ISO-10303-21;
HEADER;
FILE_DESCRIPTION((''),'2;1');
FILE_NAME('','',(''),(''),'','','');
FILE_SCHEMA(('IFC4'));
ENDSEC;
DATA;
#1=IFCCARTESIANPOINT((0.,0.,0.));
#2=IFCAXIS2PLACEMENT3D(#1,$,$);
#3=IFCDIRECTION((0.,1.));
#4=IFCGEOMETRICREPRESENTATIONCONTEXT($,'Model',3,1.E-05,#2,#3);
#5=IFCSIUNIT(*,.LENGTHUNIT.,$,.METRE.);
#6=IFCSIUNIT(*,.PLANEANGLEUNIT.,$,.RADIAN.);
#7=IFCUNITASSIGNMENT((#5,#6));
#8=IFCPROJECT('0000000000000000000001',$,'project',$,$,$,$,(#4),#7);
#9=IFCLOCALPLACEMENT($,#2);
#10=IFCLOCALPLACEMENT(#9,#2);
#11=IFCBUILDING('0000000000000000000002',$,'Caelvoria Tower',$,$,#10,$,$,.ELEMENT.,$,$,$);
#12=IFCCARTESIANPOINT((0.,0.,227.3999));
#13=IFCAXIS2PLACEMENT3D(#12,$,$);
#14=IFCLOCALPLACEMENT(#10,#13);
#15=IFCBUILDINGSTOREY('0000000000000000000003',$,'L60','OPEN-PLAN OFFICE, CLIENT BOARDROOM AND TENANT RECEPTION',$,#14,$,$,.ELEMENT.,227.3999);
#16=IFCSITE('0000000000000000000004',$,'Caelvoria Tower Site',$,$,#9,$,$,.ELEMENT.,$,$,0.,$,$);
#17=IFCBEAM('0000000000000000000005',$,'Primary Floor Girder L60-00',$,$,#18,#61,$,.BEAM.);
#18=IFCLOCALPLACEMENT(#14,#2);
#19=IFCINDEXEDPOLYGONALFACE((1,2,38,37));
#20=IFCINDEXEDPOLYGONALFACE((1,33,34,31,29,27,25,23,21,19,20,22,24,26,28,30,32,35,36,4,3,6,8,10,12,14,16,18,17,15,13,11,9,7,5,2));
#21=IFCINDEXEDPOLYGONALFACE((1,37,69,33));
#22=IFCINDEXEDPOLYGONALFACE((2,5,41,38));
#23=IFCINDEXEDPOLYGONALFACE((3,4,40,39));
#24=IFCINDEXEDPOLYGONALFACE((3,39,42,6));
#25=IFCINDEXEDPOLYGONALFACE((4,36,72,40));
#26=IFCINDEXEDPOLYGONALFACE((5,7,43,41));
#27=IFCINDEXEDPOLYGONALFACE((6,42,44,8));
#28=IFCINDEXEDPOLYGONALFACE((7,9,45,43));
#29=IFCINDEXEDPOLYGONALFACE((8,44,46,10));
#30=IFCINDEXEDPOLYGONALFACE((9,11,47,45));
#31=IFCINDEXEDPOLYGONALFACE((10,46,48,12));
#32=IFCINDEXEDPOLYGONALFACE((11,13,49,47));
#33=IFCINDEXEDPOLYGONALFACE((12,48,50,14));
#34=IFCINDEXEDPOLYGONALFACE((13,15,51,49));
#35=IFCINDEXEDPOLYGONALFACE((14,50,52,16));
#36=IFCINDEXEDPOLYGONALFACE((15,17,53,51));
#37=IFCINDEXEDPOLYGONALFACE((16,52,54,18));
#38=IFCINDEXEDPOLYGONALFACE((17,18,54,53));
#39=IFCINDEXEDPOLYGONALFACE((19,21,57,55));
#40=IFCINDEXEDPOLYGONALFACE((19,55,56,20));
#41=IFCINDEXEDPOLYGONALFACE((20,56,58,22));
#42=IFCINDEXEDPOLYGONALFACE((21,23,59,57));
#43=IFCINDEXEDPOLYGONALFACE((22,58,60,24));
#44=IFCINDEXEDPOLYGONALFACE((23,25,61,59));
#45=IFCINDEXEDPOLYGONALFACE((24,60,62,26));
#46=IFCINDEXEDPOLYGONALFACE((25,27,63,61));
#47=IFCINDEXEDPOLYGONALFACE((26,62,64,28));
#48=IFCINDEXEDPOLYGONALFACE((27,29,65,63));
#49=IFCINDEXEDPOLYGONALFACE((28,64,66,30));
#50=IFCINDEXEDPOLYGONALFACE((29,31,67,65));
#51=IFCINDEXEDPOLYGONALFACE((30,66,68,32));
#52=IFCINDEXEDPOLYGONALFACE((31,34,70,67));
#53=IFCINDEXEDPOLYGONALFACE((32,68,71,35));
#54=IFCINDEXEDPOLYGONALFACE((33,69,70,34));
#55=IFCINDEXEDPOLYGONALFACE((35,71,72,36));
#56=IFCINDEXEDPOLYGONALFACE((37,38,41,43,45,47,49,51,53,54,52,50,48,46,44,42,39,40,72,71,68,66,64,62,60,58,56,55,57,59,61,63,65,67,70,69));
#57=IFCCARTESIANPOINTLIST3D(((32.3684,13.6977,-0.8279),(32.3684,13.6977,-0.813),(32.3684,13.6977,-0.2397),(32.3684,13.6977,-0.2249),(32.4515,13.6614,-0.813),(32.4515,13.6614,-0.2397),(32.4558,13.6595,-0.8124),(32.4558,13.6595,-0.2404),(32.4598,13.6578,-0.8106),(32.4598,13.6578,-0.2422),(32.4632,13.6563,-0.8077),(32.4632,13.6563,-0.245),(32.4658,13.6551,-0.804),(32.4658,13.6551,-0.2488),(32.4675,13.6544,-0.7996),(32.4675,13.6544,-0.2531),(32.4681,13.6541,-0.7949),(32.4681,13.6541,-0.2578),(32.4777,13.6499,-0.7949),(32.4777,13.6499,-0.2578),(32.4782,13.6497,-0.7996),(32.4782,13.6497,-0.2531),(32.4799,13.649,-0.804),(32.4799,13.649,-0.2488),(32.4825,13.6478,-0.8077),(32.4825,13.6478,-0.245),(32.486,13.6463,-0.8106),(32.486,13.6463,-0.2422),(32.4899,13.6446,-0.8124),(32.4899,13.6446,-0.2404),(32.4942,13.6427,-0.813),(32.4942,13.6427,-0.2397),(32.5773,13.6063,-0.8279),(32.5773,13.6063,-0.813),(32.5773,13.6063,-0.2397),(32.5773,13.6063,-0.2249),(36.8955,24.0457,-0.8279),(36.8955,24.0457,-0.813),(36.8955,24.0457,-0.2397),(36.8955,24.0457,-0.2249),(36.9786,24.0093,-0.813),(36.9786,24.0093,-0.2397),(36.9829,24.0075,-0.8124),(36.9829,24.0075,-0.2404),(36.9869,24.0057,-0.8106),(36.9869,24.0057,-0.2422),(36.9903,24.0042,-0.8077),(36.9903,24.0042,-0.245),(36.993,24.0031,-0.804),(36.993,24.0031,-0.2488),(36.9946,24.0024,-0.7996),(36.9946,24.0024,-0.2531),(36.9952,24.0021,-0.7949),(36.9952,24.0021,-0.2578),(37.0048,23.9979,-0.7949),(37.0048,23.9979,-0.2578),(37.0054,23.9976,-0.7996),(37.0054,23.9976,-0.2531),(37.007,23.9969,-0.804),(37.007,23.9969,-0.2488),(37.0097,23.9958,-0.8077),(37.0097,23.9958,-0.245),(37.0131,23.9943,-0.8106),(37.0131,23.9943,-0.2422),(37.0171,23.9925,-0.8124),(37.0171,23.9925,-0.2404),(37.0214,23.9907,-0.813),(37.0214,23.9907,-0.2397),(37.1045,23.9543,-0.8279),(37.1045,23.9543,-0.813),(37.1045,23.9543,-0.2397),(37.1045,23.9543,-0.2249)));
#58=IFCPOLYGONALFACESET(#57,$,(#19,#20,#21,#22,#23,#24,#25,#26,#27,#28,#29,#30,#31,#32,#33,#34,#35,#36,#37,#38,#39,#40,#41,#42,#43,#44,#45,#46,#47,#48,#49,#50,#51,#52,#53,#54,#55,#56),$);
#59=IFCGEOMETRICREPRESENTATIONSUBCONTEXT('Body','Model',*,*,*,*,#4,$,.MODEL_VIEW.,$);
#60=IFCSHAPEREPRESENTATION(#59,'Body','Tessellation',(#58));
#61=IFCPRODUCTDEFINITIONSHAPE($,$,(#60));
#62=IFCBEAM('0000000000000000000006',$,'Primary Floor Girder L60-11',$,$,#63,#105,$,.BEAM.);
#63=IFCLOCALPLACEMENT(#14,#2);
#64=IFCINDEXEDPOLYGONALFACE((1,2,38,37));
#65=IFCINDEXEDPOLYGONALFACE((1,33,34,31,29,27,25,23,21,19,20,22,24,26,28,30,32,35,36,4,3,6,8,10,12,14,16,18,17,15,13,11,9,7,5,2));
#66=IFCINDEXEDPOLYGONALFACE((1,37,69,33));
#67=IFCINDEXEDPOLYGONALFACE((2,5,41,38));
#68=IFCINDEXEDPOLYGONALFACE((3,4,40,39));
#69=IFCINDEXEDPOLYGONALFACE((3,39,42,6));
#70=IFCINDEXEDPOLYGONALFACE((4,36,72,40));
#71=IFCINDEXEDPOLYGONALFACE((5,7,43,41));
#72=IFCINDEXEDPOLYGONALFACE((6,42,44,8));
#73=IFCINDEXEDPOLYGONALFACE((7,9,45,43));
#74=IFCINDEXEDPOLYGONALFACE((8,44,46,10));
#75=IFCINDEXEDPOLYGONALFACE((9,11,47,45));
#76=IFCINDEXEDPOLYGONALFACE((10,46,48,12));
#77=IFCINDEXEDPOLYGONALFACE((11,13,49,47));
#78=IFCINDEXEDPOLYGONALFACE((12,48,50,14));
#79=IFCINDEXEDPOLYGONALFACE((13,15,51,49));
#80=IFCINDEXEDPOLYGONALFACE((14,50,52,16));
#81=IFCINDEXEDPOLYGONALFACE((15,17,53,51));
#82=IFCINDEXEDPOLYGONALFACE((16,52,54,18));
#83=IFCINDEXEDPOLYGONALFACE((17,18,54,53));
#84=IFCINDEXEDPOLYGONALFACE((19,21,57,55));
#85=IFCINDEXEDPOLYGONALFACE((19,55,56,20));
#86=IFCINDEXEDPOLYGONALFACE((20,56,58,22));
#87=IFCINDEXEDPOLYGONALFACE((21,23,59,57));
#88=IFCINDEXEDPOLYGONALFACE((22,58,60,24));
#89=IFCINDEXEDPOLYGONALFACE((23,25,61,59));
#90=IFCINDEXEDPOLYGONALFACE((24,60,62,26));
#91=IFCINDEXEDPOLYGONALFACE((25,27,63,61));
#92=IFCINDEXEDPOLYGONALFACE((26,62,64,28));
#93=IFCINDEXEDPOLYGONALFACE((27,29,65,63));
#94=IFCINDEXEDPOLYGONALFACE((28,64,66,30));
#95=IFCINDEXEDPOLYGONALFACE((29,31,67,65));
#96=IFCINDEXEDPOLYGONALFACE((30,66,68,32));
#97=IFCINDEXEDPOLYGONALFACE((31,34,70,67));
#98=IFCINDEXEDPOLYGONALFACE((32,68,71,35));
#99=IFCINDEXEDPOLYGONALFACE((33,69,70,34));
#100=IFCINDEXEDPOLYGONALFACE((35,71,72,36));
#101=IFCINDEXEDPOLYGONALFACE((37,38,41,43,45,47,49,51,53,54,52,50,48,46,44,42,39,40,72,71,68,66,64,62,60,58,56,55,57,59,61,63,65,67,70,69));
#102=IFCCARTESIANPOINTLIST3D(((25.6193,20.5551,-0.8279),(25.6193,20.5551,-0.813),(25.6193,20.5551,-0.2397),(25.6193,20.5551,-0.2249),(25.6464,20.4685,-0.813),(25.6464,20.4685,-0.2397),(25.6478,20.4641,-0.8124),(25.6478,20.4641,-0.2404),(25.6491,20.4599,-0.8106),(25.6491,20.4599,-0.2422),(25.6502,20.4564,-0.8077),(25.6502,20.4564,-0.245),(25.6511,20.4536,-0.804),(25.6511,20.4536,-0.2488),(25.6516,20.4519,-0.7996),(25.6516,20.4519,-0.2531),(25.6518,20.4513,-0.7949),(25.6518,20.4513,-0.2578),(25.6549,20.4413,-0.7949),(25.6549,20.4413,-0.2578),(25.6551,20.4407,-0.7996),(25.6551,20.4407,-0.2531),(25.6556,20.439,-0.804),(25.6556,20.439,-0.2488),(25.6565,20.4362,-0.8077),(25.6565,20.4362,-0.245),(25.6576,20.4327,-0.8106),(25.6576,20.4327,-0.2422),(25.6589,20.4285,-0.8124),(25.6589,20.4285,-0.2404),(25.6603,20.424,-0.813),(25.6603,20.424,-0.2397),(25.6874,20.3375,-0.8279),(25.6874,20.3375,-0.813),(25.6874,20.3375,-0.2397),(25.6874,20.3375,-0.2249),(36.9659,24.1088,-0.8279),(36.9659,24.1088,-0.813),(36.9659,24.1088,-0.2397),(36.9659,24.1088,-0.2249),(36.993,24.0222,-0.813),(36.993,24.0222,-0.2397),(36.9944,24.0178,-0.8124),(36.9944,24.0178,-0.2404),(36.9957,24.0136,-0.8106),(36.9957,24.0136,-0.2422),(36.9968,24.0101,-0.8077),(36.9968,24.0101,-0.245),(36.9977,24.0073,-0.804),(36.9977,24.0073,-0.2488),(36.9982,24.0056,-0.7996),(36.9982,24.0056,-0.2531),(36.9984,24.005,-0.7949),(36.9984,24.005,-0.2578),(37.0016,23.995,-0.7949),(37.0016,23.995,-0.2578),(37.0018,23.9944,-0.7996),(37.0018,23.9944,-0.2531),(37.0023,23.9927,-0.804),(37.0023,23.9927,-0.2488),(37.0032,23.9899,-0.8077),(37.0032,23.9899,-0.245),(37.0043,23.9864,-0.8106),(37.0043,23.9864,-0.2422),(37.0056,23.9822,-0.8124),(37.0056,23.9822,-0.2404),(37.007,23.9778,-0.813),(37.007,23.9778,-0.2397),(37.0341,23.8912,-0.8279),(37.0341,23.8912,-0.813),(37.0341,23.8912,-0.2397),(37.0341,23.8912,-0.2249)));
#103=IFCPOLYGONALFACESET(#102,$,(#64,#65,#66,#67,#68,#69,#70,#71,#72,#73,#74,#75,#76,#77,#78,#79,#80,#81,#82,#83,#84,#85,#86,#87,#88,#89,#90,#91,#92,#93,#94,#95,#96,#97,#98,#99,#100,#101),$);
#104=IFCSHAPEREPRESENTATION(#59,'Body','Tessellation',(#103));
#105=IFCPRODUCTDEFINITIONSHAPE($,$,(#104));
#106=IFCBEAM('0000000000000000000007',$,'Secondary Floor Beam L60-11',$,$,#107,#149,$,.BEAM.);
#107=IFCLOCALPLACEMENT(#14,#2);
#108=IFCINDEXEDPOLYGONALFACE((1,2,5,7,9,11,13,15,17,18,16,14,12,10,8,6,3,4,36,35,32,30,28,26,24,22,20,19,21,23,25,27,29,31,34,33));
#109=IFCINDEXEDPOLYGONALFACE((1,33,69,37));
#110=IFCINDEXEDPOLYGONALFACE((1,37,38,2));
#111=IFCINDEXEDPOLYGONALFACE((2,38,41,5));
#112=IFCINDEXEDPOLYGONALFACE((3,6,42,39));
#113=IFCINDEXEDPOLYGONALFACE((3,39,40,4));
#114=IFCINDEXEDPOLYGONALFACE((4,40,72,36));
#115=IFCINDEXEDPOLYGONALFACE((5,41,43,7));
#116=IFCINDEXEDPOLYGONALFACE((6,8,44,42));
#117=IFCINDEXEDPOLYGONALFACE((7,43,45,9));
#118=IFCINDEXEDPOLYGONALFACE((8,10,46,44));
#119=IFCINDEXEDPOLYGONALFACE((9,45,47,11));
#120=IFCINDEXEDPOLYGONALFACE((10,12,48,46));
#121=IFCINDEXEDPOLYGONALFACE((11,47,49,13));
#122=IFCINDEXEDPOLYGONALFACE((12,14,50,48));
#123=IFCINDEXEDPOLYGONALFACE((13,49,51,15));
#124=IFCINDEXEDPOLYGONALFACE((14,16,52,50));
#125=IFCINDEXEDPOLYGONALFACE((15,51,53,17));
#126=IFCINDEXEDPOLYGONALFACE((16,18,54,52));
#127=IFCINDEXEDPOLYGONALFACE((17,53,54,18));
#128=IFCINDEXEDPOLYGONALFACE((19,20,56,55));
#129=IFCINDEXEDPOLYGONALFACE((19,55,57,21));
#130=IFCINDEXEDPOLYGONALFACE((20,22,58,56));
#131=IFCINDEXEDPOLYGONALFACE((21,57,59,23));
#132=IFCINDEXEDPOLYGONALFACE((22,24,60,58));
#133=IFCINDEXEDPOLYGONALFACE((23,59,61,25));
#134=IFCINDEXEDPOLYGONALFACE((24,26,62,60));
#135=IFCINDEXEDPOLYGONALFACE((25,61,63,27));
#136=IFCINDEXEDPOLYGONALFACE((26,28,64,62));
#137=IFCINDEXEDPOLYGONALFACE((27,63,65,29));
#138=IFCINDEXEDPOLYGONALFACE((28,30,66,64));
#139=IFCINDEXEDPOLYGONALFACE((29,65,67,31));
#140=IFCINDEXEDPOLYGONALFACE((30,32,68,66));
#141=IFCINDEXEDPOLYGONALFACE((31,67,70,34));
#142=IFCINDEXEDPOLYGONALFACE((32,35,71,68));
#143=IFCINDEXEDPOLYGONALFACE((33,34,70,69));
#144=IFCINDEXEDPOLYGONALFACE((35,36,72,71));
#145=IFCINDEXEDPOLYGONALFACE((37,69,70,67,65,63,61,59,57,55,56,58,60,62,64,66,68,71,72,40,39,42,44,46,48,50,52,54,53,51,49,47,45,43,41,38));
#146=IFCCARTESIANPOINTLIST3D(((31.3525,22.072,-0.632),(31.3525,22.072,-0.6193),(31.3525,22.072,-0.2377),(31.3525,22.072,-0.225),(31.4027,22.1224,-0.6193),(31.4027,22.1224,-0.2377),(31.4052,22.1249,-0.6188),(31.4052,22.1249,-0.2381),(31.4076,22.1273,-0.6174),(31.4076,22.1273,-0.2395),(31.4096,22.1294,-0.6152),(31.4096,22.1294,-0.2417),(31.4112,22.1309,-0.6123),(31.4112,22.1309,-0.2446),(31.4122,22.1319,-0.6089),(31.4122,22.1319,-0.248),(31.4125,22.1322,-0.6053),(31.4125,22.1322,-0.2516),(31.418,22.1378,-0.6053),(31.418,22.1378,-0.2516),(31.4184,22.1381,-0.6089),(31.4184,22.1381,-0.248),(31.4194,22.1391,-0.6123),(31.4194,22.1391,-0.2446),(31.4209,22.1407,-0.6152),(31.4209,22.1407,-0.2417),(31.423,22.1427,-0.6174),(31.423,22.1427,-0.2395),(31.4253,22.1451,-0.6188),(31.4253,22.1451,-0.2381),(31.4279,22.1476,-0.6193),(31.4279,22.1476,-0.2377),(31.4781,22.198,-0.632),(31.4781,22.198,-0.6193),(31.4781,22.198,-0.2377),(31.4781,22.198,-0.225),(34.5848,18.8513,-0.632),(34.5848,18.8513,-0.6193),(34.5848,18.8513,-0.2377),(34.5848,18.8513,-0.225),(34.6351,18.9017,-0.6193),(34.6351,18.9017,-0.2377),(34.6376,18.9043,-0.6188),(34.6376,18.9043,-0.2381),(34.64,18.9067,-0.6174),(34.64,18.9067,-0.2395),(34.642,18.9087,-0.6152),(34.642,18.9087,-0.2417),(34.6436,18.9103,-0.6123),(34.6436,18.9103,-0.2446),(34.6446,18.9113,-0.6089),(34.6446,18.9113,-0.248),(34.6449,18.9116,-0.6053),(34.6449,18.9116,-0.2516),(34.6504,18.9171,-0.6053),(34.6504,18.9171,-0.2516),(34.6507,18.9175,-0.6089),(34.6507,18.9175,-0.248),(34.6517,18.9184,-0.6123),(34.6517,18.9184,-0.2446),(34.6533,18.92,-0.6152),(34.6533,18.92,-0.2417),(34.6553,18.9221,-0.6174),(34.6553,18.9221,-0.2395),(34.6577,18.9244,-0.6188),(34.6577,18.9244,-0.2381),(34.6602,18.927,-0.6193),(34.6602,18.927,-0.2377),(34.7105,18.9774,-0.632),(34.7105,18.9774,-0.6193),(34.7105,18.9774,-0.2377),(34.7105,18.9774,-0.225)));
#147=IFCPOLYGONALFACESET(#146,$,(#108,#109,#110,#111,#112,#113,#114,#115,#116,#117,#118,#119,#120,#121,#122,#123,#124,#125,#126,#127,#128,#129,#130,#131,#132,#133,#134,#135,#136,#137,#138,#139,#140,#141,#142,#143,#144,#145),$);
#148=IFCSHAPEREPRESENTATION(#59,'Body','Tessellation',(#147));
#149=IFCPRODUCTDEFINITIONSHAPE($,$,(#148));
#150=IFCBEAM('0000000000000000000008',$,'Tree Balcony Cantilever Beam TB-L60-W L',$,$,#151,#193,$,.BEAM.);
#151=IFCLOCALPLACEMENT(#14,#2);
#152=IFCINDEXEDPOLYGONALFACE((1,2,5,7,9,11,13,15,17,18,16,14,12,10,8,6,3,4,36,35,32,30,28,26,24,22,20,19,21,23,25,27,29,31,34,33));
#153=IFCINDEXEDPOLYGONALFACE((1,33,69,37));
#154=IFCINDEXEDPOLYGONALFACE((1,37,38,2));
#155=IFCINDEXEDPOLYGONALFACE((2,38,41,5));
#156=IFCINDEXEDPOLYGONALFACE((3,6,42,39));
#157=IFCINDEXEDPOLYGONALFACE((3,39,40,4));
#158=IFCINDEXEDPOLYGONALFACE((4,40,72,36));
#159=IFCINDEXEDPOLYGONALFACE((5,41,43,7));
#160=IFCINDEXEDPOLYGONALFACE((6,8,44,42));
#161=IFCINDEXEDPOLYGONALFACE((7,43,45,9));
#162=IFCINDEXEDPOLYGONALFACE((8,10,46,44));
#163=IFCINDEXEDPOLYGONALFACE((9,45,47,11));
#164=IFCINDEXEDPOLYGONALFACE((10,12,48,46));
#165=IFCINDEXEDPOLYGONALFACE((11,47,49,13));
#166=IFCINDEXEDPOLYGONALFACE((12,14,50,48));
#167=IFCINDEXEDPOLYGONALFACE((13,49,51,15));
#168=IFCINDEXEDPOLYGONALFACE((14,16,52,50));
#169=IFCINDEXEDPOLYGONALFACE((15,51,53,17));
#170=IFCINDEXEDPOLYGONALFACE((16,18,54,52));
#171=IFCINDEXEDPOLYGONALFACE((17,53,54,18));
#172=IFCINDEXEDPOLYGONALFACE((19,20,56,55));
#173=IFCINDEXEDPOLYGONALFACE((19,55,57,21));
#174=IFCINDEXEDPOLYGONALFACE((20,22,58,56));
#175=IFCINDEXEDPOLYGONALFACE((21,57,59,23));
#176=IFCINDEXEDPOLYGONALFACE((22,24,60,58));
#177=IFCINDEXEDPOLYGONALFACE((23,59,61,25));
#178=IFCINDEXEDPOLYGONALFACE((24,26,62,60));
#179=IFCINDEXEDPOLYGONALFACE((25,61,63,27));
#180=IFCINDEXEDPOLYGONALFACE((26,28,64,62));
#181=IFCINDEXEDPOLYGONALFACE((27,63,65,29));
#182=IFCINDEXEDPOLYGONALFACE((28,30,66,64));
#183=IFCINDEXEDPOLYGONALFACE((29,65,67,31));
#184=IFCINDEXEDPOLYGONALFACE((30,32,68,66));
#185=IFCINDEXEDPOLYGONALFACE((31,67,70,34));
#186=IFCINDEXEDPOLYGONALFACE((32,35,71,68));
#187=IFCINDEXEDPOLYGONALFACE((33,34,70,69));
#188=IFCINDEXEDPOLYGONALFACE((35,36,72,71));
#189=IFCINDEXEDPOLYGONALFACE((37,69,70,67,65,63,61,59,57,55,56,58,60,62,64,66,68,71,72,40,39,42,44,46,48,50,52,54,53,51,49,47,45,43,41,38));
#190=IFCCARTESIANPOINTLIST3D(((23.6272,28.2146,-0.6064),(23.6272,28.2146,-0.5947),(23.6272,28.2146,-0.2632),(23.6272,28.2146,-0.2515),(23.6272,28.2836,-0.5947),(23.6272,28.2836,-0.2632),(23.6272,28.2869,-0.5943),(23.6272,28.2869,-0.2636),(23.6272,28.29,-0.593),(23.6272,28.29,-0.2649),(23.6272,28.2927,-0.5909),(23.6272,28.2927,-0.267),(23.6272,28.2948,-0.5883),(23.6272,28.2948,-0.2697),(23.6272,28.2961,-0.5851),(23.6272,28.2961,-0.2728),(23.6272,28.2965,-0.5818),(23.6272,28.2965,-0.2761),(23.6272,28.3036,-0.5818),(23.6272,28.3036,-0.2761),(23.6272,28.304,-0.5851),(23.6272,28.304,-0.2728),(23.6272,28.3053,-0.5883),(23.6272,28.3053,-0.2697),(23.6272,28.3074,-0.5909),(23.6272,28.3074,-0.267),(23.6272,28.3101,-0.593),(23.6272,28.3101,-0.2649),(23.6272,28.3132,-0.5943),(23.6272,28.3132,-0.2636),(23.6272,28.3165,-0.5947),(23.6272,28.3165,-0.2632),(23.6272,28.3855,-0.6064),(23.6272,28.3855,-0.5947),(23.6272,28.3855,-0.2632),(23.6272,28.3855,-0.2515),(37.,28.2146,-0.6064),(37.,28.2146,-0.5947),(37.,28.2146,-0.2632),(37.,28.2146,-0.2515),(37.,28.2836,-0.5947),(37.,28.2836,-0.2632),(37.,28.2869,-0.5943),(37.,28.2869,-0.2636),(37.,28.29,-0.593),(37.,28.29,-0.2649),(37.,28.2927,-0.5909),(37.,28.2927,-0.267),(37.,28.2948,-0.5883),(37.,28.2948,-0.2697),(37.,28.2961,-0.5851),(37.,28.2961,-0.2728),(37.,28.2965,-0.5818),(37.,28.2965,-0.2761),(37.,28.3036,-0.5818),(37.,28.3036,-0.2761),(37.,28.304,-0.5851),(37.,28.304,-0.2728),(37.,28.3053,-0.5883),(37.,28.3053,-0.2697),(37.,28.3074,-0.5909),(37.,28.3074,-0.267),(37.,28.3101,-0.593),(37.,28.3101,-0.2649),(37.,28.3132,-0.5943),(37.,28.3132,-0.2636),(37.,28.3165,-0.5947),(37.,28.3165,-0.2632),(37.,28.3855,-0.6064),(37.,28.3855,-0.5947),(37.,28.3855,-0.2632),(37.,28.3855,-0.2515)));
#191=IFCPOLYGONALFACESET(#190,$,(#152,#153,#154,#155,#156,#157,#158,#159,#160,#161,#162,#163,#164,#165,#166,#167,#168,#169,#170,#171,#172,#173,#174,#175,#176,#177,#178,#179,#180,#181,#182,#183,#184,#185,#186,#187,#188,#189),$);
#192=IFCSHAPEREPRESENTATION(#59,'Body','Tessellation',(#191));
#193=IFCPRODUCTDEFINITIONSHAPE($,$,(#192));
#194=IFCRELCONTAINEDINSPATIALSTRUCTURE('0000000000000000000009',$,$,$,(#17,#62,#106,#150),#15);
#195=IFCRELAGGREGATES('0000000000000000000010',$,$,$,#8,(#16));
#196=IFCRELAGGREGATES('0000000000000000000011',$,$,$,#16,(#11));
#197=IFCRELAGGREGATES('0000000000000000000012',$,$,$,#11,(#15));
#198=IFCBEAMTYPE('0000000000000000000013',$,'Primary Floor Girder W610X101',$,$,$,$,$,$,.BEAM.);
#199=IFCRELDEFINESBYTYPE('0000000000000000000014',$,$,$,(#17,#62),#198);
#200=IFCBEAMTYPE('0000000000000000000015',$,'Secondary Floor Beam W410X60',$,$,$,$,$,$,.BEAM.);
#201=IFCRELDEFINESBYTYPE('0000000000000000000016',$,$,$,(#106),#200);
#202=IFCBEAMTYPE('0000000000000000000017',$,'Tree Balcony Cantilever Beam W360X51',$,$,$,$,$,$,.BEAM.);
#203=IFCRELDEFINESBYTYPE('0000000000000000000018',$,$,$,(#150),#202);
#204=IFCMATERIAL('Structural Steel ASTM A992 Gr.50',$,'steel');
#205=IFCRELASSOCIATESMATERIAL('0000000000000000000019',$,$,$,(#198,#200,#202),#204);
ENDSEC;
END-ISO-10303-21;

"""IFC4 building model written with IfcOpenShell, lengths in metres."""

from ifc_helpers import new_model, si_unit, direction, frame, origin, origin_2d, place, context, subcontext, project, spatial, i_section, extrude, material, material_profile, profile_set, type_object, element, save


model = new_model("IFC4")

# Units and contexts
model_context = context("Model", 3, precision=1e-05, world=origin(), true_north=direction((0.0, 1.0)))
body_context = subcontext(model_context, "Body", "Model", "MODEL_VIEW")
ifc_project = project(units=[si_unit("LENGTHUNIT", "METRE"), si_unit("PLANEANGLEUNIT", "RADIAN")], contexts=[model_context])

# Site, building, storey
site_placement = place(None, origin())
site = spatial("IfcSite", under=ifc_project, at=site_placement, Name="Caelvoria Tower Site", CompositionType="ELEMENT", RefElevation=0.0)
building_placement = place(site_placement, origin())
building = spatial("IfcBuilding", under=site, at=building_placement, Name="Caelvoria Tower", CompositionType="ELEMENT")
storey_placement = place(building_placement, frame((0.0, 0.0, 227.3999)))
storey = spatial("IfcBuildingStorey", under=building, at=storey_placement, Name="L60", Description="OPEN-PLAN OFFICE, CLIENT BOARDROOM AND TENANT RECEPTION", CompositionType="ELEMENT", Elevation=227.3999)

# Beams
ifc_material_1 = material(Name="Structural Steel ASTM A992 Gr.50", Category="steel")
ifc_material_profile_1 = material_profile(ifc_material_1, i_section(OverallWidth=0.228, OverallDepth=0.603, WebThickness=0.0105, FlangeThickness=0.0149, FilletRadius=0.0181, at=origin_2d()), Name="Structural Steel ASTM A992 Gr.50")
ifc_profile_set_1 = profile_set([ifc_material_profile_1], Name="W610X101 - Structural Steel ASTM A992 Gr.50")
beam_type_1 = type_object("IfcBeamType", Name="Primary Floor Girder W610X101", PredefinedType="BEAM", material=ifc_profile_set_1)
beam_1_placement = place(storey_placement, frame((37.0, 24.0, -0.5264), z_axis=(-0.400811, -0.916161, 0.0), x_axis=(0.916161, -0.400811, 0.0)))
element("IfcBeam", 1, at=beam_1_placement, inside=storey, type_object=beam_type_1, Name="Primary Floor Girder L60-00", PredefinedType="BEAM", context=body_context, shape_type="SweptSolid", body=[
    extrude(i_section(OverallWidth=0.228, OverallDepth=0.603, WebThickness=0.0105, FlangeThickness=0.0149, FilletRadius=0.0181, at=origin_2d()), origin(), (0.0, 0.0, 1.0), 11.2949),
])
beam_2_placement = place(storey_placement, frame((37.0, 24.0, -0.5264), z_axis=(-0.954291, -0.298878, 0.0), x_axis=(0.298878, -0.954291, 0.0)))
element("IfcBeam", 2, at=beam_2_placement, inside=storey, type_object=beam_type_1, Name="Primary Floor Girder L60-11", PredefinedType="BEAM", context=body_context, shape_type="SweptSolid", body=[
    extrude(i_section(OverallWidth=0.228, OverallDepth=0.603, WebThickness=0.0105, FlangeThickness=0.0149, FilletRadius=0.0181, at=origin_2d()), origin(), (0.0, 0.0, 1.0), 11.8901),
])
ifc_material_profile_2 = material_profile(ifc_material_1, i_section(OverallWidth=0.178, OverallDepth=0.407, WebThickness=0.0078, FlangeThickness=0.0127, FilletRadius=0.0139, at=origin_2d()), Name="Structural Steel ASTM A992 Gr.50")
ifc_profile_set_2 = profile_set([ifc_material_profile_2], Name="W410X60 - Structural Steel ASTM A992 Gr.50")
beam_type_2 = type_object("IfcBeamType", Name="Secondary Floor Beam W410X60", PredefinedType="BEAM", material=ifc_profile_set_2)
beam_3_placement = place(storey_placement, frame((31.4153, 22.135, -0.4285), z_axis=(0.70839, -0.705822, 0.0), x_axis=(0.705822, 0.70839, 0.0)))
element("IfcBeam", 3, at=beam_3_placement, inside=storey, type_object=beam_type_2, Name="Secondary Floor Beam L60-11", PredefinedType="BEAM", context=body_context, shape_type="SweptSolid", body=[
    extrude(i_section(OverallWidth=0.178, OverallDepth=0.407, WebThickness=0.0078, FlangeThickness=0.0127, FilletRadius=0.0139, at=origin_2d()), origin(), (0.0, 0.0, 1.0), 4.563),
])
ifc_material_profile_3 = material_profile(ifc_material_1, i_section(OverallWidth=0.1709, OverallDepth=0.355, WebThickness=0.0071, FlangeThickness=0.0117, FilletRadius=0.0129, at=origin_2d()), Name="Structural Steel ASTM A992 Gr.50")
ifc_profile_set_3 = profile_set([ifc_material_profile_3], Name="W360X51 - Structural Steel ASTM A992 Gr.50")
beam_type_3 = type_object("IfcBeamType", Name="Tree Balcony Cantilever Beam W360X51", PredefinedType="BEAM", material=ifc_profile_set_3)
beam_4_placement = place(storey_placement, frame((37.0, 28.3, -0.429), z_axis=(-1.0, 0.0, 0.0), x_axis=(0.0, -1.0, 0.0)))
element("IfcBeam", 4, at=beam_4_placement, inside=storey, type_object=beam_type_3, Name="Tree Balcony Cantilever Beam TB-L60-W L", PredefinedType="BEAM", context=body_context, shape_type="SweptSolid", body=[
    extrude(i_section(OverallWidth=0.1709, OverallDepth=0.355, WebThickness=0.0071, FlangeThickness=0.0117, FilletRadius=0.0129, at=origin_2d()), origin(), (0.0, 0.0, 1.0), 13.3728),
])

save(model, "model.ifc")
